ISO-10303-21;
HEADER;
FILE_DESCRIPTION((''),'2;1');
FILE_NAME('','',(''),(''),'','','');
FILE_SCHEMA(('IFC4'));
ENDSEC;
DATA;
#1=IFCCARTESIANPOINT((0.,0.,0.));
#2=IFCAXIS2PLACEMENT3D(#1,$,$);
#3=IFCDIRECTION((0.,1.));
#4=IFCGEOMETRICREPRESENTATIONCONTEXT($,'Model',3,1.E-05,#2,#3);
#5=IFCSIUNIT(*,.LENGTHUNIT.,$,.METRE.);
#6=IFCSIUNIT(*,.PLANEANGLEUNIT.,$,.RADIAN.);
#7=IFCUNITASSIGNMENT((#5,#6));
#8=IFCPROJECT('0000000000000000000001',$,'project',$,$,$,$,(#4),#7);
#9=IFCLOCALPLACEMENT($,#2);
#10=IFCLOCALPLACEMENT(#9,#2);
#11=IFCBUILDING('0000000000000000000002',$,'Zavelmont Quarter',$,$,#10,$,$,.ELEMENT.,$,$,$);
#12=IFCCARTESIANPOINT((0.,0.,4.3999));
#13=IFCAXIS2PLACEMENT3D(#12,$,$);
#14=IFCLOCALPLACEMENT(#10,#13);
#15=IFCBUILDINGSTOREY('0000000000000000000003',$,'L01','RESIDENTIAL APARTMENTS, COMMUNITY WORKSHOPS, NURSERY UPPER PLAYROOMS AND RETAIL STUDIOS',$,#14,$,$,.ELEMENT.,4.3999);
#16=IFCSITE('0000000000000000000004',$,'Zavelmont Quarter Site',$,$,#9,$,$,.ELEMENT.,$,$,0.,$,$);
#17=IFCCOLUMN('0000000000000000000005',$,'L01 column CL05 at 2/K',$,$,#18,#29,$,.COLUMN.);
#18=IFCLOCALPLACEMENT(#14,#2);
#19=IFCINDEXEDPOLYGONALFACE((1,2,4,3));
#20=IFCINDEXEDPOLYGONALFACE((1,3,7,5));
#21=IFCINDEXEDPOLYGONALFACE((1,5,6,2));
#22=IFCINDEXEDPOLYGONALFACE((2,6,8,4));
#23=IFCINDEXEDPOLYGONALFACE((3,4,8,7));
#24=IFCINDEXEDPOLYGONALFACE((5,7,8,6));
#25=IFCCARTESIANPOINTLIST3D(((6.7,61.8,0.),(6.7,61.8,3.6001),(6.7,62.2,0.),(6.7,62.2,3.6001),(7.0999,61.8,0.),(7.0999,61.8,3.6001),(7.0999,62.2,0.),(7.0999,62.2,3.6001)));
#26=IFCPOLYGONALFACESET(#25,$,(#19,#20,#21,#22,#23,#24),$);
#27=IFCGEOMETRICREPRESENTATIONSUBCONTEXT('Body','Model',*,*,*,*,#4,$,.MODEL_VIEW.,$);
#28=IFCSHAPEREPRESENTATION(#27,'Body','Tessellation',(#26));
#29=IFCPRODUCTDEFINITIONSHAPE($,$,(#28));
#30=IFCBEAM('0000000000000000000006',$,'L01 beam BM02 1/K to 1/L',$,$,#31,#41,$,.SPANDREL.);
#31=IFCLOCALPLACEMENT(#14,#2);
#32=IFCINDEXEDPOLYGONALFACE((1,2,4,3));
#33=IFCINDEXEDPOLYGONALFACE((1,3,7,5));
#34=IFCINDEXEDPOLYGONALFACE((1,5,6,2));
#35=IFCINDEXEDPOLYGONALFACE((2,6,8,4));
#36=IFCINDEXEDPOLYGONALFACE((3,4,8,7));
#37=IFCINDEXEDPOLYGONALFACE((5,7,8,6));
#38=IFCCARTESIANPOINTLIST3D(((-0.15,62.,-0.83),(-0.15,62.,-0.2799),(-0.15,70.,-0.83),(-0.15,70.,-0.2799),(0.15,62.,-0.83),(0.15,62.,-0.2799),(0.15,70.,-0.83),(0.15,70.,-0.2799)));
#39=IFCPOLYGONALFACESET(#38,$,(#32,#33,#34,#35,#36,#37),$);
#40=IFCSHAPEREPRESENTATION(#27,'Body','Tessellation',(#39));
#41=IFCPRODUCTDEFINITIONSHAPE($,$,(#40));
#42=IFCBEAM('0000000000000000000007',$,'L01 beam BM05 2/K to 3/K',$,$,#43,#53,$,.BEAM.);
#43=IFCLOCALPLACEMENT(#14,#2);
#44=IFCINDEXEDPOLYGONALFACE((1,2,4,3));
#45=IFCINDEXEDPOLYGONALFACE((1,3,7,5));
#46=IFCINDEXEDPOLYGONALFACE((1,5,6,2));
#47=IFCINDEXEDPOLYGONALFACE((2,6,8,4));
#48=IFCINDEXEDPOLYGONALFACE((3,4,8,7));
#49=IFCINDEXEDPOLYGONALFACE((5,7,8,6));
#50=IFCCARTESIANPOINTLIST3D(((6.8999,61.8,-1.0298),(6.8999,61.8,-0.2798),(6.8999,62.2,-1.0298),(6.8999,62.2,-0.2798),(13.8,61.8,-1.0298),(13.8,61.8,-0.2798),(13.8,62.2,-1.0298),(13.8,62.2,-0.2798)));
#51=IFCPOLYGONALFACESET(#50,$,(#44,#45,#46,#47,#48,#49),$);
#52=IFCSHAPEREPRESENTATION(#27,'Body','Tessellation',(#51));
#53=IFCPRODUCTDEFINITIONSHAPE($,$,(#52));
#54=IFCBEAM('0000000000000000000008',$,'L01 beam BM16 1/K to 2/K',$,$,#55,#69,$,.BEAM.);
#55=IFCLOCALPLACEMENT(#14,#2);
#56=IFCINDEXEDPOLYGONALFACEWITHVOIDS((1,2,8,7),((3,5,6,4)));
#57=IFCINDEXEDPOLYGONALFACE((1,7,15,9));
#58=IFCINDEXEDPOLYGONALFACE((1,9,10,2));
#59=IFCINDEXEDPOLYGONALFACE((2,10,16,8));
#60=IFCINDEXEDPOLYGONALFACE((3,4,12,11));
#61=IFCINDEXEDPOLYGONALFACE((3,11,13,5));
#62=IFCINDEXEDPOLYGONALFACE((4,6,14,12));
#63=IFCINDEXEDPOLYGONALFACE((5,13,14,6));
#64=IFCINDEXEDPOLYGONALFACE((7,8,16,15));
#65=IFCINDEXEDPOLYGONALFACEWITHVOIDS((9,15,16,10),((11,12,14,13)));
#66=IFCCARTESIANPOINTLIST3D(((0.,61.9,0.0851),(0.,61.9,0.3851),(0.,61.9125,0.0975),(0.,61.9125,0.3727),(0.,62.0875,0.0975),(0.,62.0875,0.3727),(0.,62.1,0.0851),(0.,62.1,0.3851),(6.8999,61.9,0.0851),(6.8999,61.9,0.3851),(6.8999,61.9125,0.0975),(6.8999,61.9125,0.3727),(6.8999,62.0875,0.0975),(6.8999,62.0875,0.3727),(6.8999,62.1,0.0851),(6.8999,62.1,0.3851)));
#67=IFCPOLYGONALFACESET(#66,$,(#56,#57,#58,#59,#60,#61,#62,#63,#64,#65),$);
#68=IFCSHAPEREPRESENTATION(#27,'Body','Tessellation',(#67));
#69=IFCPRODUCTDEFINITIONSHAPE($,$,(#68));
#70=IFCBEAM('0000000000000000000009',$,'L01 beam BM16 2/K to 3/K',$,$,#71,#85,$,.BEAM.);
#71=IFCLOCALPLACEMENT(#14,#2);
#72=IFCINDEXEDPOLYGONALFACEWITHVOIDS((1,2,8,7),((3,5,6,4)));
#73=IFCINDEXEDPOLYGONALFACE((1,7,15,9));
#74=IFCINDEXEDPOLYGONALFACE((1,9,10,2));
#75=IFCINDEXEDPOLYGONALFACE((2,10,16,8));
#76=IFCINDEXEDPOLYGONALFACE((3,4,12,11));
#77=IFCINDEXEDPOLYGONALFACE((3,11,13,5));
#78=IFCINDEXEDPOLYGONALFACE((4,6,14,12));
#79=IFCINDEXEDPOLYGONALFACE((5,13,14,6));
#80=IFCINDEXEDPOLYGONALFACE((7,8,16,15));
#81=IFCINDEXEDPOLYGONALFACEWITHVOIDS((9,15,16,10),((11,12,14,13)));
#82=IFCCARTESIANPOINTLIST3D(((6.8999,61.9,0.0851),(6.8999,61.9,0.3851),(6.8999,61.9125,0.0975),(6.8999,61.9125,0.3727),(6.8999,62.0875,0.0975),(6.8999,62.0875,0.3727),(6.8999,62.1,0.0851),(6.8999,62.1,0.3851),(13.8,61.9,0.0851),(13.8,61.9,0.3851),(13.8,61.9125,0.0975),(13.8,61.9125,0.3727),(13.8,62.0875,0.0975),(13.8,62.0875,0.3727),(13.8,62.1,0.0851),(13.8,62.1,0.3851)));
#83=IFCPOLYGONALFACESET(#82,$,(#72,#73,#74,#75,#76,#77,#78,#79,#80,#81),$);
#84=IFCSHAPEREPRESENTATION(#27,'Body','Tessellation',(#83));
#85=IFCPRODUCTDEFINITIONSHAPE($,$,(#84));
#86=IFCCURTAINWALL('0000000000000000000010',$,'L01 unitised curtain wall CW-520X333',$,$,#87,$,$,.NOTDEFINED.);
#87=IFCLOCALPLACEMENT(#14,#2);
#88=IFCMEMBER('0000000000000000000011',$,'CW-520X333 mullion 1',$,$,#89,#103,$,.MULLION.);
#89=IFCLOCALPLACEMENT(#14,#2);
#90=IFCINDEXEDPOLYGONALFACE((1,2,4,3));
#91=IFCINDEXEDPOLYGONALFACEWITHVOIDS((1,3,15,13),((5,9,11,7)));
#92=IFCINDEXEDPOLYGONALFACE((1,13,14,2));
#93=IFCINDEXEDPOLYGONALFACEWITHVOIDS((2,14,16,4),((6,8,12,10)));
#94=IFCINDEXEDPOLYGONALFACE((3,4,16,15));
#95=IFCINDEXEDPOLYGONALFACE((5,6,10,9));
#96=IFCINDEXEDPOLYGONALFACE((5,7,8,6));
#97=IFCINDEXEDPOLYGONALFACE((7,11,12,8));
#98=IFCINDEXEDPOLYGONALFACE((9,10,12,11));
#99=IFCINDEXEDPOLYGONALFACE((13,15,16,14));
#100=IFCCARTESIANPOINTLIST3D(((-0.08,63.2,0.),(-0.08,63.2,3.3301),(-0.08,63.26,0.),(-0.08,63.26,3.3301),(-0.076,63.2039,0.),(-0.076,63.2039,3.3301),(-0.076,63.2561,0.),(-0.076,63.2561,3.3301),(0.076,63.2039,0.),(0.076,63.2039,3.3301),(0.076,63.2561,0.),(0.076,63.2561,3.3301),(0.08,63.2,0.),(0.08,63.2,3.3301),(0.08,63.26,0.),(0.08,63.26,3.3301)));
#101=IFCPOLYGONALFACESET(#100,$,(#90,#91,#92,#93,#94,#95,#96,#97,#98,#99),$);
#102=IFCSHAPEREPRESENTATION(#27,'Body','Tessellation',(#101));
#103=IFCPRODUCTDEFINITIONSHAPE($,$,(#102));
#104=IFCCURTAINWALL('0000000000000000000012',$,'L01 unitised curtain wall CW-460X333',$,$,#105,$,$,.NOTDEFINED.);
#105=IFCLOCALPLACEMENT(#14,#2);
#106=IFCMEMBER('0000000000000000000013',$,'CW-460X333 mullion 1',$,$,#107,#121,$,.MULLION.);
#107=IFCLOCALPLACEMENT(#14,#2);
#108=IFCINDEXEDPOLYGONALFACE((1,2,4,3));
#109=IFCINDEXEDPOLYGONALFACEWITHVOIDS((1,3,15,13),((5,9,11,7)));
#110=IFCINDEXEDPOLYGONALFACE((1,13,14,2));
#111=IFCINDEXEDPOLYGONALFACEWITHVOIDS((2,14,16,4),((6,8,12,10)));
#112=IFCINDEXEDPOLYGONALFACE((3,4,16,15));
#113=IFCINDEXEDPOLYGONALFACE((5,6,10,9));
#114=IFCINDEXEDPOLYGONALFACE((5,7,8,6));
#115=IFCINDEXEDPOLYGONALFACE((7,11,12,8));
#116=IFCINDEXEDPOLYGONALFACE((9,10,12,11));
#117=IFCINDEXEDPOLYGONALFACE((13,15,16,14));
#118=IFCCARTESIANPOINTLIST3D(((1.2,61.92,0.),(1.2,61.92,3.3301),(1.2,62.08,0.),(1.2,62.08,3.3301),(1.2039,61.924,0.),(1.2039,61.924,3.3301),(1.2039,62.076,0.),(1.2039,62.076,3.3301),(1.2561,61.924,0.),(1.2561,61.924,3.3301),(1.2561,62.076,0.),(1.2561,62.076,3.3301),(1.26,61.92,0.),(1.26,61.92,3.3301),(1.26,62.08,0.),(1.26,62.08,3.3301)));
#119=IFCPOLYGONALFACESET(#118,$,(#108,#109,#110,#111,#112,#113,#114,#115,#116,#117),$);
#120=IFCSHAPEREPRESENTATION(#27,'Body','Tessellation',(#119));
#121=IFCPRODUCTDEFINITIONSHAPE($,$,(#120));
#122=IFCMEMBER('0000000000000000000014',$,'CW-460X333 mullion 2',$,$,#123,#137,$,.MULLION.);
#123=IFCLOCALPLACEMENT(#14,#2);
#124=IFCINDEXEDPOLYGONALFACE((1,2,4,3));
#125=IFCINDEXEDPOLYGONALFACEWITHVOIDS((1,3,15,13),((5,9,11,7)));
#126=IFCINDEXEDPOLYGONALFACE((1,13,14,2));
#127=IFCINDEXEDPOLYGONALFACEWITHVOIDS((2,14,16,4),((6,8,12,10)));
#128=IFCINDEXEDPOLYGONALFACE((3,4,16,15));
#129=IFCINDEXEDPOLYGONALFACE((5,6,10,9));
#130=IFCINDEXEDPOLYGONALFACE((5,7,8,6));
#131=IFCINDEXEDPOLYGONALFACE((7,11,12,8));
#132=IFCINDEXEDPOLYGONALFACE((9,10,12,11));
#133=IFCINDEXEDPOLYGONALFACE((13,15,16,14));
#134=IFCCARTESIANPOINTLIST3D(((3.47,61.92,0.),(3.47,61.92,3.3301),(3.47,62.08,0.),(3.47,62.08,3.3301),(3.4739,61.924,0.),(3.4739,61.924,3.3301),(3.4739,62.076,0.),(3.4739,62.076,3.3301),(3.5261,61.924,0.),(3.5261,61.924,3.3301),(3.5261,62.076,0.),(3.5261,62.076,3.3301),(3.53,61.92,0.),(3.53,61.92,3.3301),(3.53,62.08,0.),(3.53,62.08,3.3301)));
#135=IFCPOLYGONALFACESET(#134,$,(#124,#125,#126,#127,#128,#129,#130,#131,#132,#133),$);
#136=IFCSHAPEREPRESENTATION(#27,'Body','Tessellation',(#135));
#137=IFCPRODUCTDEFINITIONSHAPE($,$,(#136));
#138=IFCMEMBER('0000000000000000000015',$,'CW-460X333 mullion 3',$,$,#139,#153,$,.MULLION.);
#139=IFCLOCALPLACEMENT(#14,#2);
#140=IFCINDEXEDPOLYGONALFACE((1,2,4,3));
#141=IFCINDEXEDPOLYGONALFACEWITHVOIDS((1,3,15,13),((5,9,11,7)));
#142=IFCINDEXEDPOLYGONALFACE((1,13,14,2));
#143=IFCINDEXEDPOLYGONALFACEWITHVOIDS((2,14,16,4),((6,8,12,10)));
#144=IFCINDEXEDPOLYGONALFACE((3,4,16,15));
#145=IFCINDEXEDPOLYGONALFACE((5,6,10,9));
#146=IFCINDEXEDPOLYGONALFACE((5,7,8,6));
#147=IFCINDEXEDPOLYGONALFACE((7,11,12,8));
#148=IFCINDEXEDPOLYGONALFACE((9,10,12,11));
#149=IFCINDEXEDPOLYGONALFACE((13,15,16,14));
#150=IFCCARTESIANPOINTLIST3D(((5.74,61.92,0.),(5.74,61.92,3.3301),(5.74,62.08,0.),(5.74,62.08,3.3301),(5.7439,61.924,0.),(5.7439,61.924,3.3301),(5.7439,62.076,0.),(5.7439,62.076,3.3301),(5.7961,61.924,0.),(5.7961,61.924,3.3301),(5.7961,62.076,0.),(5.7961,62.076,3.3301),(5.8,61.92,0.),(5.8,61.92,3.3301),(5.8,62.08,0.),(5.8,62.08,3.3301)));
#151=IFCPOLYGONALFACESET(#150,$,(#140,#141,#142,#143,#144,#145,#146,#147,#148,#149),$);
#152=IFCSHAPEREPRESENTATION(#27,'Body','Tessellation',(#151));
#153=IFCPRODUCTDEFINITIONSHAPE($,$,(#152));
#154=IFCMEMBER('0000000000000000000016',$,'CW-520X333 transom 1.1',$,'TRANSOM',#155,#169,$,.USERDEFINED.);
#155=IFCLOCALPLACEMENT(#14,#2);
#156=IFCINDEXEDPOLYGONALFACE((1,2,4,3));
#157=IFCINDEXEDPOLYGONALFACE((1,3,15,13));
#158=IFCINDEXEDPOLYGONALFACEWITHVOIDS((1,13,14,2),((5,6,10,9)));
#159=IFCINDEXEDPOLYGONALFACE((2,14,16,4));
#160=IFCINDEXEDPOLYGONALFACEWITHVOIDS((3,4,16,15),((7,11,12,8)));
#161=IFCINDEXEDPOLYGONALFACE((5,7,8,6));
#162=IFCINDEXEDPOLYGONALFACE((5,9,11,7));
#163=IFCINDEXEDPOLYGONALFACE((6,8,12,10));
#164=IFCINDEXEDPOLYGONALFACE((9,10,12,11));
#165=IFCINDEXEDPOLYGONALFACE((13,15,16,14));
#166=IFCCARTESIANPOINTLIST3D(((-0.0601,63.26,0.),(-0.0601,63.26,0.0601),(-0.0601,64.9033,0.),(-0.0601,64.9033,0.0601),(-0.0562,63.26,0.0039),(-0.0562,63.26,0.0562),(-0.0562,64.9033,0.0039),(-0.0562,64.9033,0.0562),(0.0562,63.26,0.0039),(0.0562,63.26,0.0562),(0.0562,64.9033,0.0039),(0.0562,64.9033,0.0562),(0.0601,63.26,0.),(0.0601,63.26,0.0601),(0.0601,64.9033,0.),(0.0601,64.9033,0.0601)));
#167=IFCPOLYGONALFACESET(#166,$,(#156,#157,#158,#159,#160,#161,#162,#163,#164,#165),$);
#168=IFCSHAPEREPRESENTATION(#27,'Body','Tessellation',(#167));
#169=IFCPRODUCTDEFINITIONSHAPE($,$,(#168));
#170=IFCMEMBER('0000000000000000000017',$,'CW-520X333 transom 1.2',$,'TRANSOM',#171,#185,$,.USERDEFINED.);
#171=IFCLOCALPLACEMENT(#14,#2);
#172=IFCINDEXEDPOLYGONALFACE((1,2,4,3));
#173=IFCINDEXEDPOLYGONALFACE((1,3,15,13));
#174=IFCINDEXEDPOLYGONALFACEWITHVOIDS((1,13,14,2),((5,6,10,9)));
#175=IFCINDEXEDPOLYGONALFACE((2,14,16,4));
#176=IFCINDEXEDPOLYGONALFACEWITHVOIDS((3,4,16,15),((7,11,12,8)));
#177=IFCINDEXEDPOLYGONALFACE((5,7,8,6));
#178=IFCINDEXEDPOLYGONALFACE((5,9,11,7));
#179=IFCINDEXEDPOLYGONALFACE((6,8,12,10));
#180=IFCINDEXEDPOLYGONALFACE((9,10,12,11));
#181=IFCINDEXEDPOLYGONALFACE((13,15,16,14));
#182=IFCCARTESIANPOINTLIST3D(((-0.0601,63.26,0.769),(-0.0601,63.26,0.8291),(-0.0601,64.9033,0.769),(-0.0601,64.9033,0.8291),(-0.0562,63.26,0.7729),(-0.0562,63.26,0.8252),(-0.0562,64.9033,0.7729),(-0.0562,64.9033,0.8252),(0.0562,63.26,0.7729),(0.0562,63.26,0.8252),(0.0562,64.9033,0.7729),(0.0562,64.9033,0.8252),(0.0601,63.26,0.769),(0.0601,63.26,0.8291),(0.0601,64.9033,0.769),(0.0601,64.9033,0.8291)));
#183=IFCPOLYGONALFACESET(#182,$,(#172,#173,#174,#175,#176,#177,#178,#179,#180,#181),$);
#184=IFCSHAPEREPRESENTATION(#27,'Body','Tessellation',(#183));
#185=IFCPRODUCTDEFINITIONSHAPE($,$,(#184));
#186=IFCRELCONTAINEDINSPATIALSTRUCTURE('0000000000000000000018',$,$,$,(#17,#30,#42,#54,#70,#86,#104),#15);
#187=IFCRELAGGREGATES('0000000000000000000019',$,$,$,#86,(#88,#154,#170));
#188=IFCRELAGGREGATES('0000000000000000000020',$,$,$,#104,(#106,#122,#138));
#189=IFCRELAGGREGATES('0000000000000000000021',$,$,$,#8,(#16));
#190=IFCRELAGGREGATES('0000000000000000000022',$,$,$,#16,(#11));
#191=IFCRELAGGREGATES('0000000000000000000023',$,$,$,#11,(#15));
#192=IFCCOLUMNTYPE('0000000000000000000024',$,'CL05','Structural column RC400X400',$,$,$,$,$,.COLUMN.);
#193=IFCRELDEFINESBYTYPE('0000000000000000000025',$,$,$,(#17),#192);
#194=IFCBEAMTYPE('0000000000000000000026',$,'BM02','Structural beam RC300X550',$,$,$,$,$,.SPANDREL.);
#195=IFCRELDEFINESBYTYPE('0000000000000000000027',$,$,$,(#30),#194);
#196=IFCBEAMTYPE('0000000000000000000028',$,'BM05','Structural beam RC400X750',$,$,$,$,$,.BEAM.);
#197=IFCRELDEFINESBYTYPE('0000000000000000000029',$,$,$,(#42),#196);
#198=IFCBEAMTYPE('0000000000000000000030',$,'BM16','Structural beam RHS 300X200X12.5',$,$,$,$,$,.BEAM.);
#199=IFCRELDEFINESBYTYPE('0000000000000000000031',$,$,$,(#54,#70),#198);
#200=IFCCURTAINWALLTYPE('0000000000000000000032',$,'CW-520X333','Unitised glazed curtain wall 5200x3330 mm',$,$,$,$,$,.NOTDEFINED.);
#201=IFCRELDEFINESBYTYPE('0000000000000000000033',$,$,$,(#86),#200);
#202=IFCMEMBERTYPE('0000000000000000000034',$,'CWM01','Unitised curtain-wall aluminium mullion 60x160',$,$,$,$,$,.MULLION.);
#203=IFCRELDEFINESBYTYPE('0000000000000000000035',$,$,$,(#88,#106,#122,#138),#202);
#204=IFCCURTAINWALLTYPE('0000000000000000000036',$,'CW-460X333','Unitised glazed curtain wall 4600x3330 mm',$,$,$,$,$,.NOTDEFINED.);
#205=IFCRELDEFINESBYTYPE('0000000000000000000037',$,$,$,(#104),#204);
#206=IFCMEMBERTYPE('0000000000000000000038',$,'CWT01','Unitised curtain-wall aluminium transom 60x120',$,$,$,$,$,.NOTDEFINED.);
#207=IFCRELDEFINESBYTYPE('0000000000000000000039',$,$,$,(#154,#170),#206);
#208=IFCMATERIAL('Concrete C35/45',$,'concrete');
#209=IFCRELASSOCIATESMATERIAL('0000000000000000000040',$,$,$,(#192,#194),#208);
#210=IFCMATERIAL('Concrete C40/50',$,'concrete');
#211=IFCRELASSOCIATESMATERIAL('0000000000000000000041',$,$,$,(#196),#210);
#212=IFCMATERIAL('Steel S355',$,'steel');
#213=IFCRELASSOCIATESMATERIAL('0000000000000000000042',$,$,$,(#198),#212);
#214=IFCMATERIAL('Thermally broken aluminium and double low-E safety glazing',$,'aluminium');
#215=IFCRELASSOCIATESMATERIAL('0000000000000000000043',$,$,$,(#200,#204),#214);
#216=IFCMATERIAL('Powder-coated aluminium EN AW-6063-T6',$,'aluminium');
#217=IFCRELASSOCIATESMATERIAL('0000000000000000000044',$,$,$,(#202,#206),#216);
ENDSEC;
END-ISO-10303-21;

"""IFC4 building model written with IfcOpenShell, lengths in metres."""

from ifc_helpers import new_model, si_unit, direction, frame, origin, origin_2d, place, context, subcontext, project, spatial, rectangle, hollow_rectangle, extrude, material, material_profile, profile_set, type_object, element, aggregate, save


model = new_model("IFC4")

# Units and contexts
model_context = context("Model", 3, precision=1e-05, world=origin(), true_north=direction((0.0, 1.0)))
body_context = subcontext(model_context, "Body", "Model", "MODEL_VIEW")
ifc_project = project(units=[si_unit("LENGTHUNIT", "METRE"), si_unit("PLANEANGLEUNIT", "RADIAN")], contexts=[model_context])

# Site, building, storey
site_placement = place(None, origin())
site = spatial("IfcSite", under=ifc_project, at=site_placement, Name="Zavelmont Quarter Site", CompositionType="ELEMENT", RefElevation=0.0)
building_placement = place(site_placement, origin())
building = spatial("IfcBuilding", under=site, at=building_placement, Name="Zavelmont Quarter", CompositionType="ELEMENT")
storey_placement = place(building_placement, frame((0.0, 0.0, 4.3999)))
storey = spatial("IfcBuildingStorey", under=building, at=storey_placement, Name="L01", Description="RESIDENTIAL APARTMENTS, COMMUNITY WORKSHOPS, NURSERY UPPER PLAYROOMS AND RETAIL STUDIOS", CompositionType="ELEMENT", Elevation=4.3999)

# Column
ifc_material_1 = material(Name="Concrete C35/45", Category="concrete")
ifc_material_profile_1 = material_profile(ifc_material_1, rectangle(XDim=0.3999, YDim=0.3999, at=origin_2d()), Name="RC400X400")
ifc_profile_set_1 = profile_set([ifc_material_profile_1], Name="Concrete C35/45")
column_type = type_object("IfcColumnType", Name="CL05", Description="Structural column RC400X400", PredefinedType="COLUMN", material=ifc_profile_set_1)
column_placement = place(storey_placement, frame((6.8999, 62.0, 0.0), z_axis=(0.0, 0.0, 1.0), x_axis=(1.0, 0.0, 0.0)))
element("IfcColumn", 1, at=column_placement, inside=storey, type_object=column_type, Name="L01 column CL05 at 2/K", PredefinedType="COLUMN", context=body_context, shape_type="SweptSolid", body=[
    extrude(rectangle(XDim=0.3999, YDim=0.3999, at=origin_2d()), origin(), (0.0, 0.0, 1.0), 3.6001),
])

# Beams
ifc_material_profile_2 = material_profile(ifc_material_1, rectangle(XDim=0.3, YDim=0.55, at=origin_2d()), Name="RC300X550")
ifc_profile_set_2 = profile_set([ifc_material_profile_2], Name="Concrete C35/45")
beam_type_1 = type_object("IfcBeamType", Name="BM02", Description="Structural beam RC300X550", PredefinedType="SPANDREL", material=ifc_profile_set_2)
beam_1_placement = place(storey_placement, frame((0.0, 62.0, -0.5549), z_axis=(0.0, 1.0, 0.0), x_axis=(-1.0, 0.0, 0.0)))
element("IfcBeam", 2, at=beam_1_placement, inside=storey, type_object=beam_type_1, Name="L01 beam BM02 1/K to 1/L", PredefinedType="SPANDREL", context=body_context, shape_type="SweptSolid", body=[
    extrude(rectangle(XDim=0.3, YDim=0.55, at=origin_2d()), origin(), (0.0, 0.0, 1.0), 8.0),
])
ifc_material_2 = material(Name="Concrete C40/50", Category="concrete")
ifc_material_profile_3 = material_profile(ifc_material_2, rectangle(XDim=0.3999, YDim=0.75, at=origin_2d()), Name="RC400X750")
ifc_profile_set_3 = profile_set([ifc_material_profile_3], Name="Concrete C40/50")
beam_type_2 = type_object("IfcBeamType", Name="BM05", Description="Structural beam RC400X750", PredefinedType="BEAM", material=ifc_profile_set_3)
beam_2_placement = place(storey_placement, frame((6.8999, 62.0, -0.6548), z_axis=(1.0, 0.0, 0.0), x_axis=(0.0, 1.0, 0.0)))
element("IfcBeam", 3, at=beam_2_placement, inside=storey, type_object=beam_type_2, Name="L01 beam BM05 2/K to 3/K", PredefinedType="BEAM", context=body_context, shape_type="SweptSolid", body=[
    extrude(rectangle(XDim=0.3999, YDim=0.75, at=origin_2d()), origin(), (0.0, 0.0, 1.0), 6.9001),
])
ifc_material_3 = material(Name="Steel S355", Category="steel")
ifc_material_profile_4 = material_profile(ifc_material_3, hollow_rectangle(XDim=0.2, YDim=0.3, WallThickness=0.0125, at=origin_2d()), Name="RHS 300X200X12.5")
ifc_profile_set_4 = profile_set([ifc_material_profile_4], Name="Steel S355")
beam_type_3 = type_object("IfcBeamType", Name="BM16", Description="Structural beam RHS 300X200X12.5", PredefinedType="BEAM", material=ifc_profile_set_4)
beam_3_placement = place(storey_placement, frame((0.0, 62.0, 0.2351), z_axis=(1.0, 0.0, 0.0), x_axis=(0.0, 1.0, 0.0)))
element("IfcBeam", 4, at=beam_3_placement, inside=storey, type_object=beam_type_3, Name="L01 beam BM16 1/K to 2/K", PredefinedType="BEAM", context=body_context, shape_type="SweptSolid", body=[
    extrude(hollow_rectangle(XDim=0.2, YDim=0.3, WallThickness=0.0125, at=origin_2d()), origin(), (0.0, 0.0, 1.0), 6.8999),
])
beam_4_placement = place(storey_placement, frame((6.8999, 62.0, 0.2351), z_axis=(1.0, 0.0, 0.0), x_axis=(0.0, 1.0, 0.0)))
element("IfcBeam", 5, at=beam_4_placement, inside=storey, type_object=beam_type_3, Name="L01 beam BM16 2/K to 3/K", PredefinedType="BEAM", context=body_context, shape_type="SweptSolid", body=[
    extrude(hollow_rectangle(XDim=0.2, YDim=0.3, WallThickness=0.0125, at=origin_2d()), origin(), (0.0, 0.0, 1.0), 6.9001),
])

# Curtain wall, member
ifc_material_4 = material(Name="Thermally broken aluminium and double low-E safety glazing", Category="aluminium")
curtain_wall_type_1 = type_object("IfcCurtainWallType", Name="CW-520X333", Description="Unitised glazed curtain wall 5200x3330 mm", PredefinedType="NOTDEFINED", material=ifc_material_4)
curtain_wall_1_placement = place(storey_placement, origin())
curtain_wall_1 = element("IfcCurtainWall", 6, at=curtain_wall_1_placement, inside=storey, type_object=curtain_wall_type_1, Name="L01 unitised curtain wall CW-520X333", PredefinedType="NOTDEFINED")
ifc_material_5 = material(Name="Powder-coated aluminium EN AW-6063-T6", Category="aluminium")
ifc_material_profile_5 = material_profile(ifc_material_5, hollow_rectangle(XDim=0.0601, YDim=0.1599, WallThickness=0.0039, at=origin_2d()), Name="CWM60X160")
ifc_profile_set_5 = profile_set([ifc_material_profile_5], Name="Powder-coated aluminium EN AW-6063-T6")
member_type_1 = type_object("IfcMemberType", Name="CWM01", Description="Unitised curtain-wall aluminium mullion 60x160", PredefinedType="MULLION", material=ifc_profile_set_5)
member_1_placement = place(storey_placement, frame((0.0, 63.23, 0.0), z_axis=(0.0, 0.0, 1.0), x_axis=(0.0, 1.0, 0.0)))
member_1 = element("IfcMember", 7, at=member_1_placement, type_object=member_type_1, Name="CW-520X333 mullion 1", PredefinedType="MULLION", context=body_context, shape_type="SweptSolid", body=[
    extrude(hollow_rectangle(XDim=0.0601, YDim=0.1599, WallThickness=0.0039, at=origin_2d()), origin(), (0.0, 0.0, 1.0), 3.3301),
])

# Curtain wall, members
curtain_wall_type_2 = type_object("IfcCurtainWallType", Name="CW-460X333", Description="Unitised glazed curtain wall 4600x3330 mm", PredefinedType="NOTDEFINED", material=ifc_material_4)
curtain_wall_2_placement = place(storey_placement, origin())
curtain_wall_2 = element("IfcCurtainWall", 8, at=curtain_wall_2_placement, inside=storey, type_object=curtain_wall_type_2, Name="L01 unitised curtain wall CW-460X333", PredefinedType="NOTDEFINED")
member_2_placement = place(storey_placement, frame((1.23, 62.0, 0.0), z_axis=(0.0, 0.0, 1.0), x_axis=(1.0, 0.0, 0.0)))
member_2 = element("IfcMember", 9, at=member_2_placement, type_object=member_type_1, Name="CW-460X333 mullion 1", PredefinedType="MULLION", context=body_context, shape_type="SweptSolid", body=[
    extrude(hollow_rectangle(XDim=0.0601, YDim=0.1599, WallThickness=0.0039, at=origin_2d()), origin(), (0.0, 0.0, 1.0), 3.3301),
])
member_3_placement = place(storey_placement, frame((3.5, 62.0, 0.0), z_axis=(0.0, 0.0, 1.0), x_axis=(1.0, 0.0, 0.0)))
member_3 = element("IfcMember", 10, at=member_3_placement, type_object=member_type_1, Name="CW-460X333 mullion 2", PredefinedType="MULLION", context=body_context, shape_type="SweptSolid", body=[
    extrude(hollow_rectangle(XDim=0.0601, YDim=0.1599, WallThickness=0.0039, at=origin_2d()), origin(), (0.0, 0.0, 1.0), 3.3301),
])
member_4_placement = place(storey_placement, frame((5.77, 62.0, 0.0), z_axis=(0.0, 0.0, 1.0), x_axis=(1.0, 0.0, 0.0)))
member_4 = element("IfcMember", 11, at=member_4_placement, type_object=member_type_1, Name="CW-460X333 mullion 3", PredefinedType="MULLION", context=body_context, shape_type="SweptSolid", body=[
    extrude(hollow_rectangle(XDim=0.0601, YDim=0.1599, WallThickness=0.0039, at=origin_2d()), origin(), (0.0, 0.0, 1.0), 3.3301),
])

# Members
ifc_material_profile_6 = material_profile(ifc_material_5, hollow_rectangle(XDim=0.1201, YDim=0.0601, WallThickness=0.0039, at=origin_2d()), Name="CWT60X120")
ifc_profile_set_6 = profile_set([ifc_material_profile_6], Name="Powder-coated aluminium EN AW-6063-T6")
member_type_2 = type_object("IfcMemberType", Name="CWT01", Description="Unitised curtain-wall aluminium transom 60x120", PredefinedType="NOTDEFINED", material=ifc_profile_set_6)
member_5_placement = place(storey_placement, frame((0.0, 63.26, 0.03), z_axis=(0.0, 1.0, 0.0), x_axis=(-1.0, 0.0, 0.0)))
member_5 = element("IfcMember", 12, at=member_5_placement, type_object=member_type_2, Name="CW-520X333 transom 1.1", ObjectType="TRANSOM", PredefinedType="USERDEFINED", context=body_context, shape_type="SweptSolid", body=[
    extrude(hollow_rectangle(XDim=0.1201, YDim=0.0601, WallThickness=0.0039, at=origin_2d()), origin(), (0.0, 0.0, 1.0), 1.6433),
])
member_6_placement = place(storey_placement, frame((0.0, 63.26, 0.7991), z_axis=(0.0, 1.0, 0.0), x_axis=(-1.0, 0.0, 0.0)))
member_6 = element("IfcMember", 13, at=member_6_placement, type_object=member_type_2, Name="CW-520X333 transom 1.2", ObjectType="TRANSOM", PredefinedType="USERDEFINED", context=body_context, shape_type="SweptSolid", body=[
    extrude(hollow_rectangle(XDim=0.1201, YDim=0.0601, WallThickness=0.0039, at=origin_2d()), origin(), (0.0, 0.0, 1.0), 1.6433),
])
aggregate(curtain_wall_1, [member_1, member_5, member_6])

aggregate(curtain_wall_2, [member_2, member_3, member_4])

save(model, "model.ifc")
